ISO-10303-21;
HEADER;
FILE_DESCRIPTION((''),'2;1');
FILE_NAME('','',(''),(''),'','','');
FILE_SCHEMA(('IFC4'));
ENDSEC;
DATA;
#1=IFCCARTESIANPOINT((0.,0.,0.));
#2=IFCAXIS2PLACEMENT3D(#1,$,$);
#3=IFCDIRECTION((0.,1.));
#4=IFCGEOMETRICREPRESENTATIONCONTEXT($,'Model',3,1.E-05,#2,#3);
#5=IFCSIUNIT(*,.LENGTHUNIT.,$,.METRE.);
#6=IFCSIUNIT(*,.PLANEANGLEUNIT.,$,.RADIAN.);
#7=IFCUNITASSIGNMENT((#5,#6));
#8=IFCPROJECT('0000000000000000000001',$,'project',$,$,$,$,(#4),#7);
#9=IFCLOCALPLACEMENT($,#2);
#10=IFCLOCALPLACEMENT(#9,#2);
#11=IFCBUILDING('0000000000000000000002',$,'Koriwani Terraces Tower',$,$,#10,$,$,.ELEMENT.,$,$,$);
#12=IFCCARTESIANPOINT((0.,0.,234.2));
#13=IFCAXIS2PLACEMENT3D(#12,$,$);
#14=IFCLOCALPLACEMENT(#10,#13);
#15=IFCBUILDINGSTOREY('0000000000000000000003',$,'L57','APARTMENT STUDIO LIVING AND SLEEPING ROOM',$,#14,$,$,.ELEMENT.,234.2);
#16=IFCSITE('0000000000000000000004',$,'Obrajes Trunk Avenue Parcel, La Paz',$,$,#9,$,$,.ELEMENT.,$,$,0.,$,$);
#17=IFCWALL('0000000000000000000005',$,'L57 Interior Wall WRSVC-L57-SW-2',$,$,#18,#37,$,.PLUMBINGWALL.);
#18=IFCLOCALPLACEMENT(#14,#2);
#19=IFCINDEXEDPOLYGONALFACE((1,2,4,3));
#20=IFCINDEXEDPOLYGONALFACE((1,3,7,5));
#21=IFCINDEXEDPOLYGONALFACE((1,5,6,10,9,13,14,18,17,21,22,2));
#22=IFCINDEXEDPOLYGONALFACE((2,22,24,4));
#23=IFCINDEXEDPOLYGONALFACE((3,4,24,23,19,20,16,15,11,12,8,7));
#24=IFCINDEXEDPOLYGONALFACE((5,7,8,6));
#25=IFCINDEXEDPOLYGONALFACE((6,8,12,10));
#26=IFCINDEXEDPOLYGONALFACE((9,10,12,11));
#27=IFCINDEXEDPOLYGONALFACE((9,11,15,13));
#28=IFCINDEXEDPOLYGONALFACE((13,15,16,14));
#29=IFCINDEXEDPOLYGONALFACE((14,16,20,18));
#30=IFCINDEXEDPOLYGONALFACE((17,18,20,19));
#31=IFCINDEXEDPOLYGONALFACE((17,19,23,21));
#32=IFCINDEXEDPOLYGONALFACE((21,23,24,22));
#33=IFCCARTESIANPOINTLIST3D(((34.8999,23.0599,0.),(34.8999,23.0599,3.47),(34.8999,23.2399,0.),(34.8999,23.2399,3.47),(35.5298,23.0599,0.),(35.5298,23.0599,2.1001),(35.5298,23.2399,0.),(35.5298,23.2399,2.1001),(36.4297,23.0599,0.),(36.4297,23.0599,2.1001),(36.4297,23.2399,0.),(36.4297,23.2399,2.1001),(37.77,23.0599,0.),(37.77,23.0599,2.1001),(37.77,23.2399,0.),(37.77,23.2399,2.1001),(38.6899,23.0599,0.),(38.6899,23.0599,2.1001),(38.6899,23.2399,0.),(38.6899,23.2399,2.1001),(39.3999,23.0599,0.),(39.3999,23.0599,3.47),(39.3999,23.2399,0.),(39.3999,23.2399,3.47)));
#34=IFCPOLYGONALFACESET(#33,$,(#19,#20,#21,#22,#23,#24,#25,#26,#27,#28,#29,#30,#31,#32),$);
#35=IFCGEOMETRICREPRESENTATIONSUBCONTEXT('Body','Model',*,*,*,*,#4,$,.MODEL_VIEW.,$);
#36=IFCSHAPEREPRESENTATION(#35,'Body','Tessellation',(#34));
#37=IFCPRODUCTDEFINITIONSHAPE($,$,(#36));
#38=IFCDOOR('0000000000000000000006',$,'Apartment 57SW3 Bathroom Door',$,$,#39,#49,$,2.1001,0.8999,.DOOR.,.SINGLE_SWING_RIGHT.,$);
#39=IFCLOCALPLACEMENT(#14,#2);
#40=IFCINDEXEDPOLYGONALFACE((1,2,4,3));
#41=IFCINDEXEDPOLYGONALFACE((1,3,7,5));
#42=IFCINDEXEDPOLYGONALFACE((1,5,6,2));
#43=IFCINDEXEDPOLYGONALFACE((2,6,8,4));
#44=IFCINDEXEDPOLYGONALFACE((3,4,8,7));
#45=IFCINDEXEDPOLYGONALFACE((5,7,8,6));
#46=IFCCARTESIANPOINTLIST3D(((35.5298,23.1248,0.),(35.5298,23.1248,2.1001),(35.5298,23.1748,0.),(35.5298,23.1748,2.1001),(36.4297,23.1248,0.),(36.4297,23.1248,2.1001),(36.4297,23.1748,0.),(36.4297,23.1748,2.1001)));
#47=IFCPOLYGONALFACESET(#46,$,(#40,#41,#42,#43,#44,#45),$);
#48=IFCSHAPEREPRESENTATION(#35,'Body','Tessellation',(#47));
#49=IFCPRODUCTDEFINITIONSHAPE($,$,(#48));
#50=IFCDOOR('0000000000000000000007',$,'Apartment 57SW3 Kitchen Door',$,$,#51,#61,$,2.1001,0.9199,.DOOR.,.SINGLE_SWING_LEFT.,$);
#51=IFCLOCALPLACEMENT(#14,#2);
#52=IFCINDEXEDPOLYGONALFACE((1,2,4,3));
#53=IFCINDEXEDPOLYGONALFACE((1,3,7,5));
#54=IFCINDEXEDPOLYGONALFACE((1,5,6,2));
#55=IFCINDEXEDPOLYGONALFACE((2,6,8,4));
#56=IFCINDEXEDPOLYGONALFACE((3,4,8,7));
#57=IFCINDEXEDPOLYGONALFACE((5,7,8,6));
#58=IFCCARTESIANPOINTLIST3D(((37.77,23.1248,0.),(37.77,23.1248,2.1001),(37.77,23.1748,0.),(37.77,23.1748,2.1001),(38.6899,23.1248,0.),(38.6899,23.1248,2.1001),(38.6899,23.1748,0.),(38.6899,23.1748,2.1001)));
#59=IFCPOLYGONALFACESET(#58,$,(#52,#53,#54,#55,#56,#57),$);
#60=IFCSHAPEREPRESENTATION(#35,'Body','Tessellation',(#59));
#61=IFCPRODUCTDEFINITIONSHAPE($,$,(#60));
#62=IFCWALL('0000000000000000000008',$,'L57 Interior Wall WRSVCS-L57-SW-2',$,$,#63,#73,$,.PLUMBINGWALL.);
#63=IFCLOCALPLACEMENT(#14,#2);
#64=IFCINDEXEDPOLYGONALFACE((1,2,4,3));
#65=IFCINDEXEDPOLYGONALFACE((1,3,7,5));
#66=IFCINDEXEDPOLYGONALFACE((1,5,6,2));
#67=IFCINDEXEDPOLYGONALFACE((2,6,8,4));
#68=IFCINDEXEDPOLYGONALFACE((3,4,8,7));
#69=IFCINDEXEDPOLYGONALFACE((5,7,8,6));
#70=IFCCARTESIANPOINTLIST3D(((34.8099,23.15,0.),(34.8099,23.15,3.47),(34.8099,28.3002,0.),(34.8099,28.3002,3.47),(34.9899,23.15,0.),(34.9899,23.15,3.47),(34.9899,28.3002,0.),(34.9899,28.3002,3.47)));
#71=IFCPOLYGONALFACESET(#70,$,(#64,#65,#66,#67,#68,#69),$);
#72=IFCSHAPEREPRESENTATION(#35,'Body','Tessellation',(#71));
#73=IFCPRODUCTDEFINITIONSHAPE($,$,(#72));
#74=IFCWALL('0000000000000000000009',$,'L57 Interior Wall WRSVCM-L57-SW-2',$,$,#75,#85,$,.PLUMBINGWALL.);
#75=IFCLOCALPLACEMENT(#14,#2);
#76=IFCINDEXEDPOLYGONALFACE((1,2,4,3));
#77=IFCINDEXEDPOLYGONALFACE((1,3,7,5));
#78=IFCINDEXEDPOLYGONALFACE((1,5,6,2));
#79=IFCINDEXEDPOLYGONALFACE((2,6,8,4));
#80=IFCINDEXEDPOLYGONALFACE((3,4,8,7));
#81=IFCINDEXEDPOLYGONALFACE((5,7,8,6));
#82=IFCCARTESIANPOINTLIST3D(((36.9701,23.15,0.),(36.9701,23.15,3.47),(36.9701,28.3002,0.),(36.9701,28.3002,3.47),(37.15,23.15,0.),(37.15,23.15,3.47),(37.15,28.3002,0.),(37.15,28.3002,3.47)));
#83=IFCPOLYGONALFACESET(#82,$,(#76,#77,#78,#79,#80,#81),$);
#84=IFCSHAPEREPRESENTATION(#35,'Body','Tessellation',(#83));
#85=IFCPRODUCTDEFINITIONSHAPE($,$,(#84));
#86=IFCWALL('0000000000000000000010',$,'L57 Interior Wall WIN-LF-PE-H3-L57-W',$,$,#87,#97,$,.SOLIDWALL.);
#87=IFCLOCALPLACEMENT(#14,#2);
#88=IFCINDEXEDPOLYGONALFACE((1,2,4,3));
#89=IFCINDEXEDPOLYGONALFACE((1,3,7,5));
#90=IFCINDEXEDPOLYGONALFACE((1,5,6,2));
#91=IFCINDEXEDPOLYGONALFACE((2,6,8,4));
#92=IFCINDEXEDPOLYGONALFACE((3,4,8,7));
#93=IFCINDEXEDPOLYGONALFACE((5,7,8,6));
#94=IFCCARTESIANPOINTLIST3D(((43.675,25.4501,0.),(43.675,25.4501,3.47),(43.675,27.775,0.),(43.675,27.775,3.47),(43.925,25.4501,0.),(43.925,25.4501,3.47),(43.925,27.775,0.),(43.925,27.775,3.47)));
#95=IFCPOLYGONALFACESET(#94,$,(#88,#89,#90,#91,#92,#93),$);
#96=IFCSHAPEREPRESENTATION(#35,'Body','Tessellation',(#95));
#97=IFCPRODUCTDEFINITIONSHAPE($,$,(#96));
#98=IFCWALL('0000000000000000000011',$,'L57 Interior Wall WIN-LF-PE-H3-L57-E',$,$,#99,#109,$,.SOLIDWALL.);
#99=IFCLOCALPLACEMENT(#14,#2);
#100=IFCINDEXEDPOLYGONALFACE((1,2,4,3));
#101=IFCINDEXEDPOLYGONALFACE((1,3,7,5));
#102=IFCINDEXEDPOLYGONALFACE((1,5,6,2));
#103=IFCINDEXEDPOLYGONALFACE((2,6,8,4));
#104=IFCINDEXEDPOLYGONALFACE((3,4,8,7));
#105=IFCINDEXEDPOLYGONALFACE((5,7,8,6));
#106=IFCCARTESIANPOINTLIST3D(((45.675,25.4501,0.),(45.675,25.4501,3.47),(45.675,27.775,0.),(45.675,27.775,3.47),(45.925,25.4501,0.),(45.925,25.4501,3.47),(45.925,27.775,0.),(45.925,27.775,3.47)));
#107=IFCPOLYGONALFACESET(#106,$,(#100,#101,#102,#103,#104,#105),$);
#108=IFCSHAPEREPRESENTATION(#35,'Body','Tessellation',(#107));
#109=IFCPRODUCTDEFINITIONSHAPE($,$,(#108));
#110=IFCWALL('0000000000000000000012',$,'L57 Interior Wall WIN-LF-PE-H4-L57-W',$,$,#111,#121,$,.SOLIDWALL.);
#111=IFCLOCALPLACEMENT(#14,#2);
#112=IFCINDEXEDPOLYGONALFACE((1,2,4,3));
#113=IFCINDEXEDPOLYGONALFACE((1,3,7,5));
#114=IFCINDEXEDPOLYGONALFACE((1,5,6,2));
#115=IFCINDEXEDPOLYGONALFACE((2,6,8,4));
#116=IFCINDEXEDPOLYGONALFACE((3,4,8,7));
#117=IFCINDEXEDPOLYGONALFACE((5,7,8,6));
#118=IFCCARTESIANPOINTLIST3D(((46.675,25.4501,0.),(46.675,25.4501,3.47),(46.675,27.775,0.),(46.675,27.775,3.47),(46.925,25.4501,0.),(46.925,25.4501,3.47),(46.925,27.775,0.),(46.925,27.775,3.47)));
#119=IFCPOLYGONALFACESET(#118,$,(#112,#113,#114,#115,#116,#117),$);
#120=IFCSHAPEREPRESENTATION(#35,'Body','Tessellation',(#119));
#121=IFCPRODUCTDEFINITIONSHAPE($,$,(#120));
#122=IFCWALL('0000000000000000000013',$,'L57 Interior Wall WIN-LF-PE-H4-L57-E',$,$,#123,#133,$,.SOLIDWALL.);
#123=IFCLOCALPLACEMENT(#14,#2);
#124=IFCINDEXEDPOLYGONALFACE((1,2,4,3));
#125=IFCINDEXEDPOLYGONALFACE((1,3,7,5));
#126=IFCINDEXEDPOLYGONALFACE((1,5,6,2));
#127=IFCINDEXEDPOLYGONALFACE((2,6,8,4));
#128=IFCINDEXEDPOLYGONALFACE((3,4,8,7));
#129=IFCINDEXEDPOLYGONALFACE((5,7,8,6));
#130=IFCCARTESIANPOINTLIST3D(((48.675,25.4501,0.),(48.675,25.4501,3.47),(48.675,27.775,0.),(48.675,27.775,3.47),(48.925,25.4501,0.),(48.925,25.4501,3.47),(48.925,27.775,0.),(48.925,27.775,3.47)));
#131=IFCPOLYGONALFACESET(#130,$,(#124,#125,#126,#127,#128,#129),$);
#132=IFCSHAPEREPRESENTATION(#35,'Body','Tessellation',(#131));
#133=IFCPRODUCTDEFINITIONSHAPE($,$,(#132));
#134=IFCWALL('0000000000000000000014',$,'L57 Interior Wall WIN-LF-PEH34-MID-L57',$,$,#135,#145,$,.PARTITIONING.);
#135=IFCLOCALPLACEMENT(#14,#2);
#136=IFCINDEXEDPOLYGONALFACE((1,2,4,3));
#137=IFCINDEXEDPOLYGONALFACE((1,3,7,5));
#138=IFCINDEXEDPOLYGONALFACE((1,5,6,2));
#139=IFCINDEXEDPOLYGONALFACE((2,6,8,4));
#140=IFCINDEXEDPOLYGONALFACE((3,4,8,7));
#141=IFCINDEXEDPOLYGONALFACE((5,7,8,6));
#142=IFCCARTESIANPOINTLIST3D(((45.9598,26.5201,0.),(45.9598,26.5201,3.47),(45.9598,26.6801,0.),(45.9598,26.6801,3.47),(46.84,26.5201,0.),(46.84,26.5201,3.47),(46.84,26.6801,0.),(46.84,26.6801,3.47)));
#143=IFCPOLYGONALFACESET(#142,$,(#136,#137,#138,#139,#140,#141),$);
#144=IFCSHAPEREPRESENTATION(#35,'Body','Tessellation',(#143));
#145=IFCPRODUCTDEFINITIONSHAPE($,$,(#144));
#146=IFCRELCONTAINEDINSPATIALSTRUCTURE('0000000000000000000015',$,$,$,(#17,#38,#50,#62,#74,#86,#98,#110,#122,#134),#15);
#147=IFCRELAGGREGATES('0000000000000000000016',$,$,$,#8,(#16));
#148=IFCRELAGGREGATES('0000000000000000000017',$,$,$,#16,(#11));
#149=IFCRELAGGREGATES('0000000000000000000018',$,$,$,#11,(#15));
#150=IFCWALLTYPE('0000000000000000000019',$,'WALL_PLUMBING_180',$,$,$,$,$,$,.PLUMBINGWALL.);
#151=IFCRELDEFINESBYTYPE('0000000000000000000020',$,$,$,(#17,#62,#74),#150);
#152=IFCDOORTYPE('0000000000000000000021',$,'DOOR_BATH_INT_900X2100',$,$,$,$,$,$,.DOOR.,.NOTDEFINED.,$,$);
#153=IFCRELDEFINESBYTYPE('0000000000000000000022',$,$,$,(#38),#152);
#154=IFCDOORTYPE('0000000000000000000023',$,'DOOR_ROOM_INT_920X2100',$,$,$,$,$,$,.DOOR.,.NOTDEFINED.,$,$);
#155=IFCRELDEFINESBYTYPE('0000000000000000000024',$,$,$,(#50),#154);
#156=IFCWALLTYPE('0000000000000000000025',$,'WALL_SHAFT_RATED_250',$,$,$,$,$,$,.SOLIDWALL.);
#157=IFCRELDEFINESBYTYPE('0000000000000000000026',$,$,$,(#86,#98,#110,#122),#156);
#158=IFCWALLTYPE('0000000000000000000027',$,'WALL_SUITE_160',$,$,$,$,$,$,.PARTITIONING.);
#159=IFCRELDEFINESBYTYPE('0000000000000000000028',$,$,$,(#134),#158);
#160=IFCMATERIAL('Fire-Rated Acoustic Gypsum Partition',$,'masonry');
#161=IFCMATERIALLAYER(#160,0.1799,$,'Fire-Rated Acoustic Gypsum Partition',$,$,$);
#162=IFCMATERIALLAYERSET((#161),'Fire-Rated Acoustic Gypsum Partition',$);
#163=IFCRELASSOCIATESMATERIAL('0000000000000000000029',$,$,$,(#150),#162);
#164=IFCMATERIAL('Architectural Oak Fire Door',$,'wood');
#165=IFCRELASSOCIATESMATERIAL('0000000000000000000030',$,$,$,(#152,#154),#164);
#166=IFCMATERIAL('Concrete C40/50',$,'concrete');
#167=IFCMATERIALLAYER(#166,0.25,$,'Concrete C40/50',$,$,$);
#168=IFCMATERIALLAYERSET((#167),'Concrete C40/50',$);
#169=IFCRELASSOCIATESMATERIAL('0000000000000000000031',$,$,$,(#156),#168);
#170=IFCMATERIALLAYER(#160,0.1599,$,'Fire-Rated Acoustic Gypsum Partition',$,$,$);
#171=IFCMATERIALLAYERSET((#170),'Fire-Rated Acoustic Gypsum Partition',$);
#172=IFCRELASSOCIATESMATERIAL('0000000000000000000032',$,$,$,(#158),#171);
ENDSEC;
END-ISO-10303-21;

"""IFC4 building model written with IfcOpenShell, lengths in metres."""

from ifc_helpers import new_model, si_unit, direction, frame, frame_2d, origin, place, context, subcontext, project, spatial, rectangle, extrude, material, layer, layer_set, type_object, element, fill, save


model = new_model("IFC4")

# Units and contexts
model_context = context("Model", 3, precision=1e-05, world=origin(), true_north=direction((0.0, 1.0)))
body_context = subcontext(model_context, "Body", "Model", "MODEL_VIEW")
ifc_project = project(units=[si_unit("LENGTHUNIT", "METRE"), si_unit("PLANEANGLEUNIT", "RADIAN")], contexts=[model_context])

# Site, building, storey
site_placement = place(None, origin())
site = spatial("IfcSite", under=ifc_project, at=site_placement, Name="Obrajes Trunk Avenue Parcel, La Paz", CompositionType="ELEMENT", RefElevation=0.0)
building_placement = place(site_placement, origin())
building = spatial("IfcBuilding", under=site, at=building_placement, Name="Koriwani Terraces Tower", CompositionType="ELEMENT")
storey_placement = place(building_placement, frame((0.0, 0.0, 234.2)))
storey = spatial("IfcBuildingStorey", under=building, at=storey_placement, Name="L57", Description="APARTMENT STUDIO LIVING AND SLEEPING ROOM", CompositionType="ELEMENT", Elevation=234.2)

# Shared definitions
ifc_material_1 = material(Name="Fire-Rated Acoustic Gypsum Partition", Category="masonry")
ifc_layer_1 = layer(ifc_material_1, 0.1799, Name="Fire-Rated Acoustic Gypsum Partition")
ifc_layer_set_1 = layer_set([ifc_layer_1], Name="Fire-Rated Acoustic Gypsum Partition")
wall_type_1 = type_object("IfcWallType", Name="WALL_PLUMBING_180", PredefinedType="PLUMBINGWALL", material=ifc_layer_set_1)

# Wall, openings, doors
wall_1_placement = place(storey_placement, frame((34.8999, 23.1499, 0.0), z_axis=(0.0, 0.0, 1.0), x_axis=(1.0, 0.0, 0.0)))
wall_1 = element("IfcWall", 1, at=wall_1_placement, inside=storey, type_object=wall_type_1, Name="L57 Interior Wall WRSVC-L57-SW-2", PredefinedType="PLUMBINGWALL", context=body_context, shape_type="SweptSolid", body=[
    extrude(rectangle(XDim=4.5, YDim=0.1799, at=frame_2d((2.25, 0.0))), origin(), (0.0, 0.0, 1.0), 3.47),
])
opening_1_placement = place(wall_1_placement, frame((0.6299, 0.0, 0.0)))
opening_1 = element("IfcOpeningElement", 2, at=opening_1_placement, cuts=wall_1, PredefinedType="OPENING", context=body_context, shape_type="SweptSolid", body=[
    extrude(rectangle(XDim=0.8999, YDim=2.1001, at=frame_2d((0.45, 1.05))), frame((0.0, 0.1001, 0.0), z_axis=(0.0, -1.0, 0.0), x_axis=(1.0, 0.0, 0.0)), (0.0, 0.0, 1.0), 0.2),
])
opening_2_placement = place(wall_1_placement, frame((2.8701, 0.0, 0.0)))
opening_2 = element("IfcOpeningElement", 3, at=opening_2_placement, cuts=wall_1, PredefinedType="OPENING", context=body_context, shape_type="SweptSolid", body=[
    extrude(rectangle(XDim=0.9199, YDim=2.1001, at=frame_2d((0.46, 1.05))), frame((0.0, 0.1001, 0.0), z_axis=(0.0, -1.0, 0.0), x_axis=(1.0, 0.0, 0.0)), (0.0, 0.0, 1.0), 0.2),
])
ifc_material_2 = material(Name="Architectural Oak Fire Door", Category="wood")
door_type_1 = type_object("IfcDoorType", Name="DOOR_BATH_INT_900X2100", OperationType="NOTDEFINED", PredefinedType="DOOR", material=ifc_material_2)
door_1_placement = place(opening_1_placement, origin())
door_1 = element("IfcDoor", 4, at=door_1_placement, inside=storey, type_object=door_type_1, Name="Apartment 57SW3 Bathroom Door", OperationType="SINGLE_SWING_RIGHT", OverallHeight=2.1001, OverallWidth=0.8999, PredefinedType="DOOR", context=body_context, shape_type="SweptSolid", body=[
    extrude(rectangle(XDim=0.8999, YDim=2.1001, at=frame_2d((0.45, 1.05))), frame((0.0, 0.0249, 0.0), z_axis=(0.0, -1.0, 0.0), x_axis=(1.0, 0.0, 0.0)), (0.0, 0.0, 1.0), 0.05),
])
fill(opening_1, door_1)
door_type_2 = type_object("IfcDoorType", Name="DOOR_ROOM_INT_920X2100", OperationType="NOTDEFINED", PredefinedType="DOOR", material=ifc_material_2)
door_2_placement = place(opening_2_placement, origin())
door_2 = element("IfcDoor", 5, at=door_2_placement, inside=storey, type_object=door_type_2, Name="Apartment 57SW3 Kitchen Door", OperationType="SINGLE_SWING_LEFT", OverallHeight=2.1001, OverallWidth=0.9199, PredefinedType="DOOR", context=body_context, shape_type="SweptSolid", body=[
    extrude(rectangle(XDim=0.9199, YDim=2.1001, at=frame_2d((0.46, 1.05))), frame((0.0, 0.0249, 0.0), z_axis=(0.0, -1.0, 0.0), x_axis=(1.0, 0.0, 0.0)), (0.0, 0.0, 1.0), 0.05),
])
fill(opening_2, door_2)

# Walls
for number, where, z_axis, x_axis, name in (
    (6, (34.8999, 23.1499, 0.0), (0.0, 0.0, 1.0), (0.0, 1.0, 0.0), "L57 Interior Wall WRSVCS-L57-SW-2"),
    (7, (37.0601, 23.1499, 0.0), (0.0, 0.0, 1.0), (0.0, 1.0, 0.0), "L57 Interior Wall WRSVCM-L57-SW-2"),
):
    element("IfcWall", number, at=place(storey_placement, frame(where, z_axis=z_axis, x_axis=x_axis)), inside=storey, type_object=wall_type_1, Name=name, PredefinedType="PLUMBINGWALL", context=body_context, shape_type="SweptSolid", body=[
        extrude(rectangle(XDim=5.1501, YDim=0.1799, at=frame_2d((2.5752, 0.0))), origin(), (0.0, 0.0, 1.0), 3.47),
    ])

# Shared definitions
ifc_material_3 = material(Name="Concrete C40/50", Category="concrete")
ifc_layer_2 = layer(ifc_material_3, 0.25, Name="Concrete C40/50")
ifc_layer_set_2 = layer_set([ifc_layer_2], Name="Concrete C40/50")
wall_type_2 = type_object("IfcWallType", Name="WALL_SHAFT_RATED_250", PredefinedType="SOLIDWALL", material=ifc_layer_set_2)

# Walls
for number, where, z_axis, x_axis, name in (
    (8, (43.8, 25.45, 0.0), (0.0, 0.0, 1.0), (0.0, 1.0, 0.0), "L57 Interior Wall WIN-LF-PE-H3-L57-W"),
    (9, (45.8, 25.45, 0.0), (0.0, 0.0, 1.0), (0.0, 1.0, 0.0), "L57 Interior Wall WIN-LF-PE-H3-L57-E"),
    (10, (46.8, 25.45, 0.0), (0.0, 0.0, 1.0), (0.0, 1.0, 0.0), "L57 Interior Wall WIN-LF-PE-H4-L57-W"),
    (11, (48.8, 25.45, 0.0), (0.0, 0.0, 1.0), (0.0, 1.0, 0.0), "L57 Interior Wall WIN-LF-PE-H4-L57-E"),
):
    element("IfcWall", number, at=place(storey_placement, frame(where, z_axis=z_axis, x_axis=x_axis)), inside=storey, type_object=wall_type_2, Name=name, PredefinedType="SOLIDWALL", context=body_context, shape_type="SweptSolid", body=[
        extrude(rectangle(XDim=2.325, YDim=0.25, at=frame_2d((1.1626, 0.0))), origin(), (0.0, 0.0, 1.0), 3.47),
    ])
ifc_layer_3 = layer(ifc_material_1, 0.1599, Name="Fire-Rated Acoustic Gypsum Partition")
ifc_layer_set_3 = layer_set([ifc_layer_3], Name="Fire-Rated Acoustic Gypsum Partition")
wall_type_3 = type_object("IfcWallType", Name="WALL_SUITE_160", PredefinedType="PARTITIONING", material=ifc_layer_set_3)
wall_2_placement = place(storey_placement, frame((45.96, 26.6001, 0.0), z_axis=(0.0, 0.0, 1.0), x_axis=(1.0, 0.0, 0.0)))
element("IfcWall", 12, at=wall_2_placement, inside=storey, type_object=wall_type_3, Name="L57 Interior Wall WIN-LF-PEH34-MID-L57", PredefinedType="PARTITIONING", context=body_context, shape_type="SweptSolid", body=[
    extrude(rectangle(XDim=0.8801, YDim=0.1599, at=frame_2d((0.4399, 0.0))), origin(), (0.0, 0.0, 1.0), 3.47),
])

save(model, "model.ifc")
